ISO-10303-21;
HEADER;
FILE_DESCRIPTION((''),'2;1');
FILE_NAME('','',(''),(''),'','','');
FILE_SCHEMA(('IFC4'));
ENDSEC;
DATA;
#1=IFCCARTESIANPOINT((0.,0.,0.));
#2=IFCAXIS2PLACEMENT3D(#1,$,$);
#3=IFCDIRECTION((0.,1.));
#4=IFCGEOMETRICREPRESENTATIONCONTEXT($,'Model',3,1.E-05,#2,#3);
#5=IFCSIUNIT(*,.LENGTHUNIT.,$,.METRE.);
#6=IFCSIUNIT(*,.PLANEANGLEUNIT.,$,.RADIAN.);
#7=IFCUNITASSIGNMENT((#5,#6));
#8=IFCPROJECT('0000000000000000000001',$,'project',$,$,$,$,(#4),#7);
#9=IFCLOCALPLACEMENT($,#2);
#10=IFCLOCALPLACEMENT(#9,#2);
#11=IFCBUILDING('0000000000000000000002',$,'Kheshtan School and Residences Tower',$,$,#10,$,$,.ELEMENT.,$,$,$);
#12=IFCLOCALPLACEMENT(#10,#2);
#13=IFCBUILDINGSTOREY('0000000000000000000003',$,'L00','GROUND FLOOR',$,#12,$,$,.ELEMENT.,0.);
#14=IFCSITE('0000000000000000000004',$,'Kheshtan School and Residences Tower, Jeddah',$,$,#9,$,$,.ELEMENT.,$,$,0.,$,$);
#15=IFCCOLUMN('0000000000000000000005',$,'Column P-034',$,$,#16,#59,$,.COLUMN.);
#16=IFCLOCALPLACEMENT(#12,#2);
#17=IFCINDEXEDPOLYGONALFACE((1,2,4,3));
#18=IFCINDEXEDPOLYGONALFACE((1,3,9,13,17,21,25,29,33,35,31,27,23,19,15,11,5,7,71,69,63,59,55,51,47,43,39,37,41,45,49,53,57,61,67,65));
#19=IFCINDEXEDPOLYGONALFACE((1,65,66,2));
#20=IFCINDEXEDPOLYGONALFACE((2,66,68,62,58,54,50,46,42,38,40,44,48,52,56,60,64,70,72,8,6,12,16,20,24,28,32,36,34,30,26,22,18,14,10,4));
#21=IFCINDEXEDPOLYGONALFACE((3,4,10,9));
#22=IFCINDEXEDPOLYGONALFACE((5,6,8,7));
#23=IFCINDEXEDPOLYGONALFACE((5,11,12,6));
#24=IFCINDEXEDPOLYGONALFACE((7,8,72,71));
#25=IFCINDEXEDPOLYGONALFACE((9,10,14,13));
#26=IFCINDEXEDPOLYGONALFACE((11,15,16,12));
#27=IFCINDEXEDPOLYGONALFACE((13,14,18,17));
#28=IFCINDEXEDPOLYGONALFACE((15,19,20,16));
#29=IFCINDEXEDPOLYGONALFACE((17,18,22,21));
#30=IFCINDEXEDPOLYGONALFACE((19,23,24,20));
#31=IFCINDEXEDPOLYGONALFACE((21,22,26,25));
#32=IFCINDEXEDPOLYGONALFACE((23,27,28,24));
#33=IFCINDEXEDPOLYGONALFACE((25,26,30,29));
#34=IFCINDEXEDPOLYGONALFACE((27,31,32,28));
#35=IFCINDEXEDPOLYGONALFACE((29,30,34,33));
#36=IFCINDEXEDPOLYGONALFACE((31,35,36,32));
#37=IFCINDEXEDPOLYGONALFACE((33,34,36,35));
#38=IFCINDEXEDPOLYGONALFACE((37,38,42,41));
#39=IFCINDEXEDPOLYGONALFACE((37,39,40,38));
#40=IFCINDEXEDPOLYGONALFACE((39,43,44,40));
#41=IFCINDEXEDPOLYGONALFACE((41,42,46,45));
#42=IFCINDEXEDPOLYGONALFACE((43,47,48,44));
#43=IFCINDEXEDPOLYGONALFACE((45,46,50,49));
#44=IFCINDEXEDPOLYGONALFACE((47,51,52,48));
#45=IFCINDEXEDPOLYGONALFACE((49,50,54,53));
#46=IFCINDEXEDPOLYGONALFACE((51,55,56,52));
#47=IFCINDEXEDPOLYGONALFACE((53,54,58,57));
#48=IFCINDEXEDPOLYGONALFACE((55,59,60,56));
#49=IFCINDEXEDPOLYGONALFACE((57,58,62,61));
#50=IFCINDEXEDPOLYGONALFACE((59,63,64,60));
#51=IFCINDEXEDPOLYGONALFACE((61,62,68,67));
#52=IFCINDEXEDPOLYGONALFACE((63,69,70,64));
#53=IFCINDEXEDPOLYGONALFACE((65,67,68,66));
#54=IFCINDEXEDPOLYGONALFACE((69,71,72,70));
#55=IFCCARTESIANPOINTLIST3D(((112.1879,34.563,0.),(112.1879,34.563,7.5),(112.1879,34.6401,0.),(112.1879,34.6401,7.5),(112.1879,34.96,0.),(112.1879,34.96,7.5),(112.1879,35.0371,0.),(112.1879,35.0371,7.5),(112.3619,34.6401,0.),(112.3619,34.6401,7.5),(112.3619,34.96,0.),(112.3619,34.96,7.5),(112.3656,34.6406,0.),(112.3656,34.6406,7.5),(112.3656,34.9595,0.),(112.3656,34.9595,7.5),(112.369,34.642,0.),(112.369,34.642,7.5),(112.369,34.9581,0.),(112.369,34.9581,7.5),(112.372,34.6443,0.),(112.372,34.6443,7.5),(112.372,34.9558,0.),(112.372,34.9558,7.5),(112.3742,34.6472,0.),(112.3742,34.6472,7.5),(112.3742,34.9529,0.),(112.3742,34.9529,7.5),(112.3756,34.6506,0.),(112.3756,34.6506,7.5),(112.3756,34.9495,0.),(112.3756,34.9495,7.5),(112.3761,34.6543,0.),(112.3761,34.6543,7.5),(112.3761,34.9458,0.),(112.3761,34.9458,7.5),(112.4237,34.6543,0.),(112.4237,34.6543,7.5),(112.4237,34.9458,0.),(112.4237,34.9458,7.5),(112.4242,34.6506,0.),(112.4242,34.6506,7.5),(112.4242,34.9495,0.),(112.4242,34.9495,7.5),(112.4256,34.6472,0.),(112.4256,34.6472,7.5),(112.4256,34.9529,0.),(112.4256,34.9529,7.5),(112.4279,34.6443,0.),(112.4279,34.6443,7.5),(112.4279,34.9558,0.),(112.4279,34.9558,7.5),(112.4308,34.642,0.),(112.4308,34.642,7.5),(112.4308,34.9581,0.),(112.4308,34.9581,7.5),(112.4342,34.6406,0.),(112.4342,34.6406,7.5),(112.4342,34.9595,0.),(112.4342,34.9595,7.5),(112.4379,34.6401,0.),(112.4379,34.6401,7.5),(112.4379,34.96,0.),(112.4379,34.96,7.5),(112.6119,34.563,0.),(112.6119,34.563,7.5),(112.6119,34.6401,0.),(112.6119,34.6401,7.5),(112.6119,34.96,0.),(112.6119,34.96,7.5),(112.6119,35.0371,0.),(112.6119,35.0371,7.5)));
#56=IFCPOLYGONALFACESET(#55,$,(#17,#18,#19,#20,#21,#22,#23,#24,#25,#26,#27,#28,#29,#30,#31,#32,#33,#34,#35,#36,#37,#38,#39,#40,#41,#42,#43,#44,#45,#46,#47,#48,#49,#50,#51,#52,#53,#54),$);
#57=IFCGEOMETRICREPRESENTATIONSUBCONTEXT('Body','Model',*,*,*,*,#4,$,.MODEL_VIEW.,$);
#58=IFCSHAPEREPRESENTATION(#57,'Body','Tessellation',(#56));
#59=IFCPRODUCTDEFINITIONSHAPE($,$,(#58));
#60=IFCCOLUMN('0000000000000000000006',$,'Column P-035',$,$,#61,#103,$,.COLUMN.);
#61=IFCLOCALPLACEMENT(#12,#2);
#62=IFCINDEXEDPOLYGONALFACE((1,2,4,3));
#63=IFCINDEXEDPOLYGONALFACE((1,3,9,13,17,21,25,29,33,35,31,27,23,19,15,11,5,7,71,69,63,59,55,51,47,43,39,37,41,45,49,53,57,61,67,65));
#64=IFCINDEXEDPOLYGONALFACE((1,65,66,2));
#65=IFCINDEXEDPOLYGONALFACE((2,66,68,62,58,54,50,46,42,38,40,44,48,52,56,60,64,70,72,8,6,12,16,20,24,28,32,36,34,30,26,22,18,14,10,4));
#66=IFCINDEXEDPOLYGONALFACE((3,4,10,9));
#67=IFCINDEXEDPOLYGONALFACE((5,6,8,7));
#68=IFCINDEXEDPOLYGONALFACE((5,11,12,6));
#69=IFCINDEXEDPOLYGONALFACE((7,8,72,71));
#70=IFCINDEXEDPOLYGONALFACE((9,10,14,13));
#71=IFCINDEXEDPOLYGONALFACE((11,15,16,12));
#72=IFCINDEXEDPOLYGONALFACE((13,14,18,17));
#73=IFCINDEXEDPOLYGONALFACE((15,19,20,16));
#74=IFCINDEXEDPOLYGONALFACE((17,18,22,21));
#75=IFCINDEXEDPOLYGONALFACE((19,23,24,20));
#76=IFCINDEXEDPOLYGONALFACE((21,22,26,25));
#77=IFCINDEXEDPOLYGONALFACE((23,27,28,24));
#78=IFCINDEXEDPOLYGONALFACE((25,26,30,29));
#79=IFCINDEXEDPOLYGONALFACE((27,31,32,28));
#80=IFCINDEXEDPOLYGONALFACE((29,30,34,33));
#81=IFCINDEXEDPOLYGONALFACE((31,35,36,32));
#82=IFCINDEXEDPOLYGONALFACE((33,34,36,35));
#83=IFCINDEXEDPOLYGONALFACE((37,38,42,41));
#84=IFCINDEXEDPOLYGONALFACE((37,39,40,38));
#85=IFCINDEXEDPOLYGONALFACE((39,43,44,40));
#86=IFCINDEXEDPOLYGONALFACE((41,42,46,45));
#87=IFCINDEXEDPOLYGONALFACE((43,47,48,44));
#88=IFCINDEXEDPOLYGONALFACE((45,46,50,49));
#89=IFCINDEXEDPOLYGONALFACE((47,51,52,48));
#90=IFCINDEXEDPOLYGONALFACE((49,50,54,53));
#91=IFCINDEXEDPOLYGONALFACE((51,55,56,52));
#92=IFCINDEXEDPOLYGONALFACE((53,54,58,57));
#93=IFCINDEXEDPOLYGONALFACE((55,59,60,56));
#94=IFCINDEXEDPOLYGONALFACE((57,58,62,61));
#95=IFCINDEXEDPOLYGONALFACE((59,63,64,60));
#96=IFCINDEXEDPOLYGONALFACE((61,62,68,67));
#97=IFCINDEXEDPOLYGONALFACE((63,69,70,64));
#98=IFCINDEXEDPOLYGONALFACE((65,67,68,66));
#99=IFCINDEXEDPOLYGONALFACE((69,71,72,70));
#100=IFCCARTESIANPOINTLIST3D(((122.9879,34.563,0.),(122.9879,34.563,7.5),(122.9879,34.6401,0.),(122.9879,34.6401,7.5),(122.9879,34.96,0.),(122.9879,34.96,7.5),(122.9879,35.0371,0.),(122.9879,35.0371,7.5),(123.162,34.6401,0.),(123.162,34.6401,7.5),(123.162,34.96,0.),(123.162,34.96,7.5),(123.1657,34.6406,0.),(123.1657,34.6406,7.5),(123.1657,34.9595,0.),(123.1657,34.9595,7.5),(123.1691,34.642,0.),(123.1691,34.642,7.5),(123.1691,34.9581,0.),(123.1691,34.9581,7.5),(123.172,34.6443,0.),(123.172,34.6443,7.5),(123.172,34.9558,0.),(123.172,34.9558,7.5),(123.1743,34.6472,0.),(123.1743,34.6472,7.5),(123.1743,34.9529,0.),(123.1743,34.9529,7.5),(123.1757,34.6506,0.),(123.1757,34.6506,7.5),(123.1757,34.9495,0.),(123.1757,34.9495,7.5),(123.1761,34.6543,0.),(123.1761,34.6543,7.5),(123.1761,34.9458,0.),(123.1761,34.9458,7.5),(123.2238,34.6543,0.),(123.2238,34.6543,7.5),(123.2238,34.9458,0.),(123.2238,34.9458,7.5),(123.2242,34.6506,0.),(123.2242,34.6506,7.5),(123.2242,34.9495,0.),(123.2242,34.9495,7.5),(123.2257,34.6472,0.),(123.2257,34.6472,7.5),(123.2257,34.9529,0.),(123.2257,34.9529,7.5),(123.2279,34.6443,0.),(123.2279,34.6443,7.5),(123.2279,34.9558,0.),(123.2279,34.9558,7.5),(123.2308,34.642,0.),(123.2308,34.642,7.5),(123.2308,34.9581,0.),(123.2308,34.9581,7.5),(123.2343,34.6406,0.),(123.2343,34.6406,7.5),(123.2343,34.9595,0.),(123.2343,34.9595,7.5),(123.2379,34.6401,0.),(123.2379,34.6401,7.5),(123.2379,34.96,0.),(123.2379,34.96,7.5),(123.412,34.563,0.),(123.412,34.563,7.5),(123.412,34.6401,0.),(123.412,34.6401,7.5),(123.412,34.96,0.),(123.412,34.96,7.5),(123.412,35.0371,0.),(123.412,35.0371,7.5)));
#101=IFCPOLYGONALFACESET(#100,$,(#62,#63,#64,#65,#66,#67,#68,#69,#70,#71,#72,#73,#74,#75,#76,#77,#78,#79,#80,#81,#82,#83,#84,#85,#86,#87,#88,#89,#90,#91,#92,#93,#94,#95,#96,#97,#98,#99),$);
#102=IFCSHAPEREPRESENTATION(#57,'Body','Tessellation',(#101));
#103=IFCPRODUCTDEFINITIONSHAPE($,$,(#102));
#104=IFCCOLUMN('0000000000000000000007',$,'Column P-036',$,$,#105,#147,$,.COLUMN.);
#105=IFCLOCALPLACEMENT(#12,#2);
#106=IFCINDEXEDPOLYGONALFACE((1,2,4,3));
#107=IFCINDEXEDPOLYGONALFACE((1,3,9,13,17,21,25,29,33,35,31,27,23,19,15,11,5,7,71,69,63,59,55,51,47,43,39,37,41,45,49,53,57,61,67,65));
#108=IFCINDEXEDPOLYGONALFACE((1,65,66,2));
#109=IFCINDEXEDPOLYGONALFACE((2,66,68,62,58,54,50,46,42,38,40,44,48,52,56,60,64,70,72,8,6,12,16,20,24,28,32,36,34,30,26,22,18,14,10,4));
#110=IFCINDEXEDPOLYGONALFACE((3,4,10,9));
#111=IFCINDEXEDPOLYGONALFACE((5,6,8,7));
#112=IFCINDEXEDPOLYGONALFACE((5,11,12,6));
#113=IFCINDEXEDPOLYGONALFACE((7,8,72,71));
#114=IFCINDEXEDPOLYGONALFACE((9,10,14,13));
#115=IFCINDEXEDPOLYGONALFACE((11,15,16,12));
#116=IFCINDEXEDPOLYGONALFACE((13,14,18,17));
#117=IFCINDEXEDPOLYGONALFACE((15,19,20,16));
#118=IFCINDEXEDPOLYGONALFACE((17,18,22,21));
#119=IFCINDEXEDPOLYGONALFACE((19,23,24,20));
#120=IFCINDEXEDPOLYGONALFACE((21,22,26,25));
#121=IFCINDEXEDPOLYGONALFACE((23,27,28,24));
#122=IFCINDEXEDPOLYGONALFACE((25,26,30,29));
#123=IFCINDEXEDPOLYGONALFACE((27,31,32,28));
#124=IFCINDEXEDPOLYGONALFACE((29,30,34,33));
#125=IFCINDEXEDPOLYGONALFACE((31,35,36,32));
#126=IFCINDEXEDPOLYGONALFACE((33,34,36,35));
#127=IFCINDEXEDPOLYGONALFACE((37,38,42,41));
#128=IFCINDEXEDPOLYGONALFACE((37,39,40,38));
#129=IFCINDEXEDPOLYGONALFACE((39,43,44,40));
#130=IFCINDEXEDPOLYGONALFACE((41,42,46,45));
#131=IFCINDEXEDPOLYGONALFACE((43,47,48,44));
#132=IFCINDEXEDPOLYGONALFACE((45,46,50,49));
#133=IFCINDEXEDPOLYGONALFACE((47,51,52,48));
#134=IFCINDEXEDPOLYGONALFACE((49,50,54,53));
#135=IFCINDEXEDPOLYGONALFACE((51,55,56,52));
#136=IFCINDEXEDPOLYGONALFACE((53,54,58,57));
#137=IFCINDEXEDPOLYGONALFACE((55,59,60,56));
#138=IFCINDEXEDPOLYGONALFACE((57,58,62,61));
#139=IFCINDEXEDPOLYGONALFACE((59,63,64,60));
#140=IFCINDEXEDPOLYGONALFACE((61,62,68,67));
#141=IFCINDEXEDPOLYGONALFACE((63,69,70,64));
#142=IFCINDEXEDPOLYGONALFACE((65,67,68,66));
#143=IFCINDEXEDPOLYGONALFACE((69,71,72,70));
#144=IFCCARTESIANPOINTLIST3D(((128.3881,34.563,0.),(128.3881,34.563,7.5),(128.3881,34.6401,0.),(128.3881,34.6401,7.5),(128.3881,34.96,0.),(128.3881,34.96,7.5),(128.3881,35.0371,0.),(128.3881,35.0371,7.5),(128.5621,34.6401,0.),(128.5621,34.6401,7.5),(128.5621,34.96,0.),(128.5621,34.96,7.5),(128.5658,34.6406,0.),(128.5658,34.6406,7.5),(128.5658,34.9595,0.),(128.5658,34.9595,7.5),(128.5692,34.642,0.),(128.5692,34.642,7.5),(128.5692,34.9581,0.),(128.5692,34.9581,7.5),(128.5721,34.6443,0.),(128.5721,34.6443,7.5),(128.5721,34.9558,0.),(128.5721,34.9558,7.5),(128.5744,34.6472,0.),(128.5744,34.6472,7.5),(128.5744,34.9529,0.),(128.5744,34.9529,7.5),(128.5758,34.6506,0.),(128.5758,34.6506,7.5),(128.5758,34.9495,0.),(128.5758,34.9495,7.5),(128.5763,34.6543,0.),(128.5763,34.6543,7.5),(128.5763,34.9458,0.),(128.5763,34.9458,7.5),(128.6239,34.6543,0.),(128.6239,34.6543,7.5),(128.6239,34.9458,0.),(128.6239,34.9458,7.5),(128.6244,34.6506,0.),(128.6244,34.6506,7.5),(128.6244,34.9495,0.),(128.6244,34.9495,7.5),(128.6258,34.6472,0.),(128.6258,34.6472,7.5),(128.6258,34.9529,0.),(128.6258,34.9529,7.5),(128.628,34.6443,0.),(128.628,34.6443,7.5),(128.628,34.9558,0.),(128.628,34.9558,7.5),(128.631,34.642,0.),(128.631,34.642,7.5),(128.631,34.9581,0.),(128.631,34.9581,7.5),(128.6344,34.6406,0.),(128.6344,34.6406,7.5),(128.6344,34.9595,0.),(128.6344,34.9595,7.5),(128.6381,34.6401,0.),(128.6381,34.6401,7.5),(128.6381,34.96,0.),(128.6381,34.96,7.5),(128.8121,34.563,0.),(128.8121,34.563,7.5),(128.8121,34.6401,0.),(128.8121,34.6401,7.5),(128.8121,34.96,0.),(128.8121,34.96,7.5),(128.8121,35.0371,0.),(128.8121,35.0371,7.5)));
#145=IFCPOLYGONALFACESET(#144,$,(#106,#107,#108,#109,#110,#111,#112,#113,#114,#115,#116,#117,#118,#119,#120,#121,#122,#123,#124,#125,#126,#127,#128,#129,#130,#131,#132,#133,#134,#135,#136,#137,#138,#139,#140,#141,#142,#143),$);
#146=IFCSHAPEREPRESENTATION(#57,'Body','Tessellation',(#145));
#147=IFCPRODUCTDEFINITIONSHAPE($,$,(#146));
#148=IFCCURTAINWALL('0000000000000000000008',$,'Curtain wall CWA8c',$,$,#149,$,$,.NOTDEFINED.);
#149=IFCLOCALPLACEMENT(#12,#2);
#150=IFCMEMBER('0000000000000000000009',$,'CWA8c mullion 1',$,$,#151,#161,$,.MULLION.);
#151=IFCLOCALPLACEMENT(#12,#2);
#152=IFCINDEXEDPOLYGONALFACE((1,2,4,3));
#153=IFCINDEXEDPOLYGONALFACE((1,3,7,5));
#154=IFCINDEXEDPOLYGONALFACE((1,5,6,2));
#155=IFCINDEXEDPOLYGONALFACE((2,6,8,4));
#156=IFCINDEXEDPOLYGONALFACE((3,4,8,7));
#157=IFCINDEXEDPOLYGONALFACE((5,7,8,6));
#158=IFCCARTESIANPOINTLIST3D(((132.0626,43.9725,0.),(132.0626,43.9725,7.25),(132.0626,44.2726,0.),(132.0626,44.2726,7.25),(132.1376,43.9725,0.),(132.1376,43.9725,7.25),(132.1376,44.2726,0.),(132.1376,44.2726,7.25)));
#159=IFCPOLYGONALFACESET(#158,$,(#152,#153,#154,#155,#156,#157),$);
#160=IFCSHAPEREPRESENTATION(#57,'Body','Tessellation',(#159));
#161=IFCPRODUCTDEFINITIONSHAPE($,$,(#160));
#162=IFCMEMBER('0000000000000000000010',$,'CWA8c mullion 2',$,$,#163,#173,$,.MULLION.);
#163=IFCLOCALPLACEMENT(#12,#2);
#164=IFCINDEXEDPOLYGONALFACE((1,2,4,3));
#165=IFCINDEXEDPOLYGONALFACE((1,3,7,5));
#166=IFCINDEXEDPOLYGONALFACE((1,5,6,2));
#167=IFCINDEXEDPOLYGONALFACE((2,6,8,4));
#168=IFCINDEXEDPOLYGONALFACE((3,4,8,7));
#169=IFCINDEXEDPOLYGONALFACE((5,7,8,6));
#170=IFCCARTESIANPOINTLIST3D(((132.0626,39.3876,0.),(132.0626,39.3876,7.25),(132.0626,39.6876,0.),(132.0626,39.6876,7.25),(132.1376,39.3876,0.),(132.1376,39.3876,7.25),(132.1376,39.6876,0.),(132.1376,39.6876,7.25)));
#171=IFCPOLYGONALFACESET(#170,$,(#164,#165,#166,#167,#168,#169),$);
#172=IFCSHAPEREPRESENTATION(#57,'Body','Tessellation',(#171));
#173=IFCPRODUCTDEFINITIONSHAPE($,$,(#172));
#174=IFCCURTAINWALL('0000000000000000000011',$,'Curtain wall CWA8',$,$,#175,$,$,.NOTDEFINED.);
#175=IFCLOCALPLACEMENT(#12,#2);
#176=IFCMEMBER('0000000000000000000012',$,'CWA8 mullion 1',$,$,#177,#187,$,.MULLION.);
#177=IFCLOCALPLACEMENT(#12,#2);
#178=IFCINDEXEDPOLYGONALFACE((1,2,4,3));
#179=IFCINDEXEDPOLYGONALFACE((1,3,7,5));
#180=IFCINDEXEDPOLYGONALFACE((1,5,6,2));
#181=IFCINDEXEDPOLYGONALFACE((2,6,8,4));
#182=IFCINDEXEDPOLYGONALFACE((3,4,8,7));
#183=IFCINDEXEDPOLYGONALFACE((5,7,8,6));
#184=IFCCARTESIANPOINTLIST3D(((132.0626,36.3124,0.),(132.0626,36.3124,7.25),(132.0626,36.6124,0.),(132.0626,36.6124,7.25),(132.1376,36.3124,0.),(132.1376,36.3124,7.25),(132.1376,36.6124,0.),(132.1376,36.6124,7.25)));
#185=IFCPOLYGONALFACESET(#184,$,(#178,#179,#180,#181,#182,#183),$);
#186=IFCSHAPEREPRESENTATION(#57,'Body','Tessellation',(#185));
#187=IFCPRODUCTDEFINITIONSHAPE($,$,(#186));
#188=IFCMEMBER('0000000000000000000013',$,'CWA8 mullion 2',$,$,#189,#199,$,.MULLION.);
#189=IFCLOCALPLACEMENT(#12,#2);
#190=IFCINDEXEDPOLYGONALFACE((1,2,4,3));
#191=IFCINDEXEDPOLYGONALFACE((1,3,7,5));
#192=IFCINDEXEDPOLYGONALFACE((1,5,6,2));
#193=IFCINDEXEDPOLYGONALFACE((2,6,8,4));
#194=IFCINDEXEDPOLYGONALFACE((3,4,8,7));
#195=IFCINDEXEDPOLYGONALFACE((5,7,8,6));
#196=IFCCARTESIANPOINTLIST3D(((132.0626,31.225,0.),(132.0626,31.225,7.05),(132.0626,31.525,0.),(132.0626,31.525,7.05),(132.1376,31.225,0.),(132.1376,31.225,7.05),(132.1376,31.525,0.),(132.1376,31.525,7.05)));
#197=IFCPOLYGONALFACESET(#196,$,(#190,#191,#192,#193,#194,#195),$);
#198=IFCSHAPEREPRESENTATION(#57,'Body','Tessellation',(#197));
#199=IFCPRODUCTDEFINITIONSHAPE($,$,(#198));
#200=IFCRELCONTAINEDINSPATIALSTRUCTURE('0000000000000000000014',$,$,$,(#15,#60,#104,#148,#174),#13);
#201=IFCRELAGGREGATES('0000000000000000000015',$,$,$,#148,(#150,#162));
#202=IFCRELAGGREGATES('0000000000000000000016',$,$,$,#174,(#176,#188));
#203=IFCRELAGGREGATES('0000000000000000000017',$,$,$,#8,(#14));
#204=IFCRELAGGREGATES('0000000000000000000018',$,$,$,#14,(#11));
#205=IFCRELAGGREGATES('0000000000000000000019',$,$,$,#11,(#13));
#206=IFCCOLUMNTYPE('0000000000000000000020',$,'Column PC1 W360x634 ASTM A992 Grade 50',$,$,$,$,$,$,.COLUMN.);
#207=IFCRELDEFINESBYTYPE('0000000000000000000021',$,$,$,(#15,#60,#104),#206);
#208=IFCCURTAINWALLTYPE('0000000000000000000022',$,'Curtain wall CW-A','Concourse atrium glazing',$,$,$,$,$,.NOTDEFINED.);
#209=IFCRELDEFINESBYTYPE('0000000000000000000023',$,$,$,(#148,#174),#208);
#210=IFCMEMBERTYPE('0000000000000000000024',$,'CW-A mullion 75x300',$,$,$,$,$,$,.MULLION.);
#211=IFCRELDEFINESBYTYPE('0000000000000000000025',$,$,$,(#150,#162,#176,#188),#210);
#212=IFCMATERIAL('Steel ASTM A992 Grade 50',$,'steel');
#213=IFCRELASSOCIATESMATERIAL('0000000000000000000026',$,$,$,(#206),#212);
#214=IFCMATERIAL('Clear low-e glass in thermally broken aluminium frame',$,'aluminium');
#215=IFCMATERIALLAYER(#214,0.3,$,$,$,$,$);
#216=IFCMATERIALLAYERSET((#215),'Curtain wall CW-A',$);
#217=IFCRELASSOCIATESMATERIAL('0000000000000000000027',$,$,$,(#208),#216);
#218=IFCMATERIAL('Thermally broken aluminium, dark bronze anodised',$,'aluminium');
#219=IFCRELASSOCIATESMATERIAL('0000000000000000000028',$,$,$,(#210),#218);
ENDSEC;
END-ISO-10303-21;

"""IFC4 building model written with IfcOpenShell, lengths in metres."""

from ifc_helpers import new_model, si_unit, direction, frame, origin, origin_2d, place, context, subcontext, project, spatial, rectangle, i_section, extrude, material, layer, layer_set, material_profile, profile_set, type_object, element, aggregate, save


model = new_model("IFC4")

# Units and contexts
model_context = context("Model", 3, precision=1e-05, world=origin(), true_north=direction((0.0, 1.0)))
body_context = subcontext(model_context, "Body", "Model", "MODEL_VIEW")
ifc_project = project(units=[si_unit("LENGTHUNIT", "METRE"), si_unit("PLANEANGLEUNIT", "RADIAN")], contexts=[model_context])

# Site, building, storey
site_placement = place(None, origin())
site = spatial("IfcSite", under=ifc_project, at=site_placement, Name="Kheshtan School and Residences Tower, Jeddah", CompositionType="ELEMENT", RefElevation=0.0)
building_placement = place(site_placement, origin())
building = spatial("IfcBuilding", under=site, at=building_placement, Name="Kheshtan School and Residences Tower", CompositionType="ELEMENT")
storey_placement = place(building_placement, origin())
storey = spatial("IfcBuildingStorey", under=building, at=storey_placement, Name="L00", Description="GROUND FLOOR", CompositionType="ELEMENT", Elevation=0.0)

# Columns
ifc_material_1 = material(Name="Steel ASTM A992 Grade 50", Category="steel")
ifc_material_profile_1 = material_profile(ifc_material_1, i_section(OverallWidth=0.4241, OverallDepth=0.4741, WebThickness=0.0476, FlangeThickness=0.0771, FilletRadius=0.0142, at=origin_2d()), Name="W360x634")
ifc_profile_set_1 = profile_set([ifc_material_profile_1], Name="Steel ASTM A992 Grade 50")
column_type = type_object("IfcColumnType", Name="Column PC1 W360x634 ASTM A992 Grade 50", PredefinedType="COLUMN", material=ifc_profile_set_1)
for number, where, z_axis, x_axis, name in (
    (1, (112.3999, 34.8, 0.0), (0.0, 0.0, 1.0), (1.0, 0.0, 0.0), "Column P-034"),
    (2, (123.2, 34.8, 0.0), (0.0, 0.0, 1.0), (1.0, 0.0, 0.0), "Column P-035"),
    (3, (128.6001, 34.8, 0.0), (0.0, 0.0, 1.0), (1.0, 0.0, 0.0), "Column P-036"),
):
    element("IfcColumn", number, at=place(storey_placement, frame(where, z_axis=z_axis, x_axis=x_axis)), inside=storey, type_object=column_type, Name=name, PredefinedType="COLUMN", context=body_context, shape_type="SweptSolid", body=[
        extrude(i_section(OverallWidth=0.4241, OverallDepth=0.4741, WebThickness=0.0476, FlangeThickness=0.0771, FilletRadius=0.0142, at=origin_2d()), origin(), (0.0, 0.0, 1.0), 7.5),
    ])

# Curtain walls, members
ifc_material_2 = material(Name="Clear low-e glass in thermally broken aluminium frame", Category="aluminium")
ifc_layer_1 = layer(ifc_material_2, 0.3)
ifc_layer_set_1 = layer_set([ifc_layer_1], Name="Curtain wall CW-A")
curtain_wall_type = type_object("IfcCurtainWallType", Name="Curtain wall CW-A", Description="Concourse atrium glazing", PredefinedType="NOTDEFINED", material=ifc_layer_set_1)
curtain_wall_1_placement = place(storey_placement, origin())
curtain_wall_1 = element("IfcCurtainWall", 4, at=curtain_wall_1_placement, inside=storey, type_object=curtain_wall_type, Name="Curtain wall CWA8c", PredefinedType="NOTDEFINED")
ifc_material_3 = material(Name="Thermally broken aluminium, dark bronze anodised", Category="aluminium")
ifc_material_profile_2 = material_profile(ifc_material_3, rectangle(XDim=0.075, YDim=0.3, at=origin_2d()), Name="CW-A mullion 75x300")
ifc_profile_set_2 = profile_set([ifc_material_profile_2], Name="Thermally broken aluminium, dark bronze anodised")
member_type_1 = type_object("IfcMemberType", Name="CW-A mullion 75x300", PredefinedType="MULLION", material=ifc_profile_set_2)
member_1_placement = place(storey_placement, frame((132.1001, 44.1226, 0.0), z_axis=(0.0, 0.0, 1.0), x_axis=(1.0, 0.0, 0.0)))
member_1 = element("IfcMember", 5, at=member_1_placement, type_object=member_type_1, Name="CWA8c mullion 1", PredefinedType="MULLION", context=body_context, shape_type="SweptSolid", body=[
    extrude(rectangle(XDim=0.075, YDim=0.3, at=origin_2d()), origin(), (0.0, 0.0, 1.0), 7.25),
])
member_2_placement = place(storey_placement, frame((132.1001, 39.5376, 0.0), z_axis=(0.0, 0.0, 1.0), x_axis=(1.0, 0.0, 0.0)))
member_2 = element("IfcMember", 6, at=member_2_placement, type_object=member_type_1, Name="CWA8c mullion 2", PredefinedType="MULLION", context=body_context, shape_type="SweptSolid", body=[
    extrude(rectangle(XDim=0.075, YDim=0.3, at=origin_2d()), origin(), (0.0, 0.0, 1.0), 7.25),
])
curtain_wall_2_placement = place(storey_placement, origin())
curtain_wall_2 = element("IfcCurtainWall", 7, at=curtain_wall_2_placement, inside=storey, type_object=curtain_wall_type, Name="Curtain wall CWA8", PredefinedType="NOTDEFINED")
member_3_placement = place(storey_placement, frame((132.1001, 36.4624, 0.0), z_axis=(0.0, 0.0, 1.0), x_axis=(1.0, 0.0, 0.0)))
member_3 = element("IfcMember", 8, at=member_3_placement, type_object=member_type_1, Name="CWA8 mullion 1", PredefinedType="MULLION", context=body_context, shape_type="SweptSolid", body=[
    extrude(rectangle(XDim=0.075, YDim=0.3, at=origin_2d()), origin(), (0.0, 0.0, 1.0), 7.25),
])
member_4_placement = place(storey_placement, frame((132.1001, 31.375, 0.0), z_axis=(0.0, 0.0, 1.0), x_axis=(1.0, 0.0, 0.0)))
member_4 = element("IfcMember", 9, at=member_4_placement, type_object=member_type_1, Name="CWA8 mullion 2", PredefinedType="MULLION", context=body_context, shape_type="SweptSolid", body=[
    extrude(rectangle(XDim=0.075, YDim=0.3, at=origin_2d()), origin(), (0.0, 0.0, 1.0), 7.05),
])

aggregate(curtain_wall_1, [member_1, member_2])
aggregate(curtain_wall_2, [member_3, member_4])

save(model, "model.ifc")
